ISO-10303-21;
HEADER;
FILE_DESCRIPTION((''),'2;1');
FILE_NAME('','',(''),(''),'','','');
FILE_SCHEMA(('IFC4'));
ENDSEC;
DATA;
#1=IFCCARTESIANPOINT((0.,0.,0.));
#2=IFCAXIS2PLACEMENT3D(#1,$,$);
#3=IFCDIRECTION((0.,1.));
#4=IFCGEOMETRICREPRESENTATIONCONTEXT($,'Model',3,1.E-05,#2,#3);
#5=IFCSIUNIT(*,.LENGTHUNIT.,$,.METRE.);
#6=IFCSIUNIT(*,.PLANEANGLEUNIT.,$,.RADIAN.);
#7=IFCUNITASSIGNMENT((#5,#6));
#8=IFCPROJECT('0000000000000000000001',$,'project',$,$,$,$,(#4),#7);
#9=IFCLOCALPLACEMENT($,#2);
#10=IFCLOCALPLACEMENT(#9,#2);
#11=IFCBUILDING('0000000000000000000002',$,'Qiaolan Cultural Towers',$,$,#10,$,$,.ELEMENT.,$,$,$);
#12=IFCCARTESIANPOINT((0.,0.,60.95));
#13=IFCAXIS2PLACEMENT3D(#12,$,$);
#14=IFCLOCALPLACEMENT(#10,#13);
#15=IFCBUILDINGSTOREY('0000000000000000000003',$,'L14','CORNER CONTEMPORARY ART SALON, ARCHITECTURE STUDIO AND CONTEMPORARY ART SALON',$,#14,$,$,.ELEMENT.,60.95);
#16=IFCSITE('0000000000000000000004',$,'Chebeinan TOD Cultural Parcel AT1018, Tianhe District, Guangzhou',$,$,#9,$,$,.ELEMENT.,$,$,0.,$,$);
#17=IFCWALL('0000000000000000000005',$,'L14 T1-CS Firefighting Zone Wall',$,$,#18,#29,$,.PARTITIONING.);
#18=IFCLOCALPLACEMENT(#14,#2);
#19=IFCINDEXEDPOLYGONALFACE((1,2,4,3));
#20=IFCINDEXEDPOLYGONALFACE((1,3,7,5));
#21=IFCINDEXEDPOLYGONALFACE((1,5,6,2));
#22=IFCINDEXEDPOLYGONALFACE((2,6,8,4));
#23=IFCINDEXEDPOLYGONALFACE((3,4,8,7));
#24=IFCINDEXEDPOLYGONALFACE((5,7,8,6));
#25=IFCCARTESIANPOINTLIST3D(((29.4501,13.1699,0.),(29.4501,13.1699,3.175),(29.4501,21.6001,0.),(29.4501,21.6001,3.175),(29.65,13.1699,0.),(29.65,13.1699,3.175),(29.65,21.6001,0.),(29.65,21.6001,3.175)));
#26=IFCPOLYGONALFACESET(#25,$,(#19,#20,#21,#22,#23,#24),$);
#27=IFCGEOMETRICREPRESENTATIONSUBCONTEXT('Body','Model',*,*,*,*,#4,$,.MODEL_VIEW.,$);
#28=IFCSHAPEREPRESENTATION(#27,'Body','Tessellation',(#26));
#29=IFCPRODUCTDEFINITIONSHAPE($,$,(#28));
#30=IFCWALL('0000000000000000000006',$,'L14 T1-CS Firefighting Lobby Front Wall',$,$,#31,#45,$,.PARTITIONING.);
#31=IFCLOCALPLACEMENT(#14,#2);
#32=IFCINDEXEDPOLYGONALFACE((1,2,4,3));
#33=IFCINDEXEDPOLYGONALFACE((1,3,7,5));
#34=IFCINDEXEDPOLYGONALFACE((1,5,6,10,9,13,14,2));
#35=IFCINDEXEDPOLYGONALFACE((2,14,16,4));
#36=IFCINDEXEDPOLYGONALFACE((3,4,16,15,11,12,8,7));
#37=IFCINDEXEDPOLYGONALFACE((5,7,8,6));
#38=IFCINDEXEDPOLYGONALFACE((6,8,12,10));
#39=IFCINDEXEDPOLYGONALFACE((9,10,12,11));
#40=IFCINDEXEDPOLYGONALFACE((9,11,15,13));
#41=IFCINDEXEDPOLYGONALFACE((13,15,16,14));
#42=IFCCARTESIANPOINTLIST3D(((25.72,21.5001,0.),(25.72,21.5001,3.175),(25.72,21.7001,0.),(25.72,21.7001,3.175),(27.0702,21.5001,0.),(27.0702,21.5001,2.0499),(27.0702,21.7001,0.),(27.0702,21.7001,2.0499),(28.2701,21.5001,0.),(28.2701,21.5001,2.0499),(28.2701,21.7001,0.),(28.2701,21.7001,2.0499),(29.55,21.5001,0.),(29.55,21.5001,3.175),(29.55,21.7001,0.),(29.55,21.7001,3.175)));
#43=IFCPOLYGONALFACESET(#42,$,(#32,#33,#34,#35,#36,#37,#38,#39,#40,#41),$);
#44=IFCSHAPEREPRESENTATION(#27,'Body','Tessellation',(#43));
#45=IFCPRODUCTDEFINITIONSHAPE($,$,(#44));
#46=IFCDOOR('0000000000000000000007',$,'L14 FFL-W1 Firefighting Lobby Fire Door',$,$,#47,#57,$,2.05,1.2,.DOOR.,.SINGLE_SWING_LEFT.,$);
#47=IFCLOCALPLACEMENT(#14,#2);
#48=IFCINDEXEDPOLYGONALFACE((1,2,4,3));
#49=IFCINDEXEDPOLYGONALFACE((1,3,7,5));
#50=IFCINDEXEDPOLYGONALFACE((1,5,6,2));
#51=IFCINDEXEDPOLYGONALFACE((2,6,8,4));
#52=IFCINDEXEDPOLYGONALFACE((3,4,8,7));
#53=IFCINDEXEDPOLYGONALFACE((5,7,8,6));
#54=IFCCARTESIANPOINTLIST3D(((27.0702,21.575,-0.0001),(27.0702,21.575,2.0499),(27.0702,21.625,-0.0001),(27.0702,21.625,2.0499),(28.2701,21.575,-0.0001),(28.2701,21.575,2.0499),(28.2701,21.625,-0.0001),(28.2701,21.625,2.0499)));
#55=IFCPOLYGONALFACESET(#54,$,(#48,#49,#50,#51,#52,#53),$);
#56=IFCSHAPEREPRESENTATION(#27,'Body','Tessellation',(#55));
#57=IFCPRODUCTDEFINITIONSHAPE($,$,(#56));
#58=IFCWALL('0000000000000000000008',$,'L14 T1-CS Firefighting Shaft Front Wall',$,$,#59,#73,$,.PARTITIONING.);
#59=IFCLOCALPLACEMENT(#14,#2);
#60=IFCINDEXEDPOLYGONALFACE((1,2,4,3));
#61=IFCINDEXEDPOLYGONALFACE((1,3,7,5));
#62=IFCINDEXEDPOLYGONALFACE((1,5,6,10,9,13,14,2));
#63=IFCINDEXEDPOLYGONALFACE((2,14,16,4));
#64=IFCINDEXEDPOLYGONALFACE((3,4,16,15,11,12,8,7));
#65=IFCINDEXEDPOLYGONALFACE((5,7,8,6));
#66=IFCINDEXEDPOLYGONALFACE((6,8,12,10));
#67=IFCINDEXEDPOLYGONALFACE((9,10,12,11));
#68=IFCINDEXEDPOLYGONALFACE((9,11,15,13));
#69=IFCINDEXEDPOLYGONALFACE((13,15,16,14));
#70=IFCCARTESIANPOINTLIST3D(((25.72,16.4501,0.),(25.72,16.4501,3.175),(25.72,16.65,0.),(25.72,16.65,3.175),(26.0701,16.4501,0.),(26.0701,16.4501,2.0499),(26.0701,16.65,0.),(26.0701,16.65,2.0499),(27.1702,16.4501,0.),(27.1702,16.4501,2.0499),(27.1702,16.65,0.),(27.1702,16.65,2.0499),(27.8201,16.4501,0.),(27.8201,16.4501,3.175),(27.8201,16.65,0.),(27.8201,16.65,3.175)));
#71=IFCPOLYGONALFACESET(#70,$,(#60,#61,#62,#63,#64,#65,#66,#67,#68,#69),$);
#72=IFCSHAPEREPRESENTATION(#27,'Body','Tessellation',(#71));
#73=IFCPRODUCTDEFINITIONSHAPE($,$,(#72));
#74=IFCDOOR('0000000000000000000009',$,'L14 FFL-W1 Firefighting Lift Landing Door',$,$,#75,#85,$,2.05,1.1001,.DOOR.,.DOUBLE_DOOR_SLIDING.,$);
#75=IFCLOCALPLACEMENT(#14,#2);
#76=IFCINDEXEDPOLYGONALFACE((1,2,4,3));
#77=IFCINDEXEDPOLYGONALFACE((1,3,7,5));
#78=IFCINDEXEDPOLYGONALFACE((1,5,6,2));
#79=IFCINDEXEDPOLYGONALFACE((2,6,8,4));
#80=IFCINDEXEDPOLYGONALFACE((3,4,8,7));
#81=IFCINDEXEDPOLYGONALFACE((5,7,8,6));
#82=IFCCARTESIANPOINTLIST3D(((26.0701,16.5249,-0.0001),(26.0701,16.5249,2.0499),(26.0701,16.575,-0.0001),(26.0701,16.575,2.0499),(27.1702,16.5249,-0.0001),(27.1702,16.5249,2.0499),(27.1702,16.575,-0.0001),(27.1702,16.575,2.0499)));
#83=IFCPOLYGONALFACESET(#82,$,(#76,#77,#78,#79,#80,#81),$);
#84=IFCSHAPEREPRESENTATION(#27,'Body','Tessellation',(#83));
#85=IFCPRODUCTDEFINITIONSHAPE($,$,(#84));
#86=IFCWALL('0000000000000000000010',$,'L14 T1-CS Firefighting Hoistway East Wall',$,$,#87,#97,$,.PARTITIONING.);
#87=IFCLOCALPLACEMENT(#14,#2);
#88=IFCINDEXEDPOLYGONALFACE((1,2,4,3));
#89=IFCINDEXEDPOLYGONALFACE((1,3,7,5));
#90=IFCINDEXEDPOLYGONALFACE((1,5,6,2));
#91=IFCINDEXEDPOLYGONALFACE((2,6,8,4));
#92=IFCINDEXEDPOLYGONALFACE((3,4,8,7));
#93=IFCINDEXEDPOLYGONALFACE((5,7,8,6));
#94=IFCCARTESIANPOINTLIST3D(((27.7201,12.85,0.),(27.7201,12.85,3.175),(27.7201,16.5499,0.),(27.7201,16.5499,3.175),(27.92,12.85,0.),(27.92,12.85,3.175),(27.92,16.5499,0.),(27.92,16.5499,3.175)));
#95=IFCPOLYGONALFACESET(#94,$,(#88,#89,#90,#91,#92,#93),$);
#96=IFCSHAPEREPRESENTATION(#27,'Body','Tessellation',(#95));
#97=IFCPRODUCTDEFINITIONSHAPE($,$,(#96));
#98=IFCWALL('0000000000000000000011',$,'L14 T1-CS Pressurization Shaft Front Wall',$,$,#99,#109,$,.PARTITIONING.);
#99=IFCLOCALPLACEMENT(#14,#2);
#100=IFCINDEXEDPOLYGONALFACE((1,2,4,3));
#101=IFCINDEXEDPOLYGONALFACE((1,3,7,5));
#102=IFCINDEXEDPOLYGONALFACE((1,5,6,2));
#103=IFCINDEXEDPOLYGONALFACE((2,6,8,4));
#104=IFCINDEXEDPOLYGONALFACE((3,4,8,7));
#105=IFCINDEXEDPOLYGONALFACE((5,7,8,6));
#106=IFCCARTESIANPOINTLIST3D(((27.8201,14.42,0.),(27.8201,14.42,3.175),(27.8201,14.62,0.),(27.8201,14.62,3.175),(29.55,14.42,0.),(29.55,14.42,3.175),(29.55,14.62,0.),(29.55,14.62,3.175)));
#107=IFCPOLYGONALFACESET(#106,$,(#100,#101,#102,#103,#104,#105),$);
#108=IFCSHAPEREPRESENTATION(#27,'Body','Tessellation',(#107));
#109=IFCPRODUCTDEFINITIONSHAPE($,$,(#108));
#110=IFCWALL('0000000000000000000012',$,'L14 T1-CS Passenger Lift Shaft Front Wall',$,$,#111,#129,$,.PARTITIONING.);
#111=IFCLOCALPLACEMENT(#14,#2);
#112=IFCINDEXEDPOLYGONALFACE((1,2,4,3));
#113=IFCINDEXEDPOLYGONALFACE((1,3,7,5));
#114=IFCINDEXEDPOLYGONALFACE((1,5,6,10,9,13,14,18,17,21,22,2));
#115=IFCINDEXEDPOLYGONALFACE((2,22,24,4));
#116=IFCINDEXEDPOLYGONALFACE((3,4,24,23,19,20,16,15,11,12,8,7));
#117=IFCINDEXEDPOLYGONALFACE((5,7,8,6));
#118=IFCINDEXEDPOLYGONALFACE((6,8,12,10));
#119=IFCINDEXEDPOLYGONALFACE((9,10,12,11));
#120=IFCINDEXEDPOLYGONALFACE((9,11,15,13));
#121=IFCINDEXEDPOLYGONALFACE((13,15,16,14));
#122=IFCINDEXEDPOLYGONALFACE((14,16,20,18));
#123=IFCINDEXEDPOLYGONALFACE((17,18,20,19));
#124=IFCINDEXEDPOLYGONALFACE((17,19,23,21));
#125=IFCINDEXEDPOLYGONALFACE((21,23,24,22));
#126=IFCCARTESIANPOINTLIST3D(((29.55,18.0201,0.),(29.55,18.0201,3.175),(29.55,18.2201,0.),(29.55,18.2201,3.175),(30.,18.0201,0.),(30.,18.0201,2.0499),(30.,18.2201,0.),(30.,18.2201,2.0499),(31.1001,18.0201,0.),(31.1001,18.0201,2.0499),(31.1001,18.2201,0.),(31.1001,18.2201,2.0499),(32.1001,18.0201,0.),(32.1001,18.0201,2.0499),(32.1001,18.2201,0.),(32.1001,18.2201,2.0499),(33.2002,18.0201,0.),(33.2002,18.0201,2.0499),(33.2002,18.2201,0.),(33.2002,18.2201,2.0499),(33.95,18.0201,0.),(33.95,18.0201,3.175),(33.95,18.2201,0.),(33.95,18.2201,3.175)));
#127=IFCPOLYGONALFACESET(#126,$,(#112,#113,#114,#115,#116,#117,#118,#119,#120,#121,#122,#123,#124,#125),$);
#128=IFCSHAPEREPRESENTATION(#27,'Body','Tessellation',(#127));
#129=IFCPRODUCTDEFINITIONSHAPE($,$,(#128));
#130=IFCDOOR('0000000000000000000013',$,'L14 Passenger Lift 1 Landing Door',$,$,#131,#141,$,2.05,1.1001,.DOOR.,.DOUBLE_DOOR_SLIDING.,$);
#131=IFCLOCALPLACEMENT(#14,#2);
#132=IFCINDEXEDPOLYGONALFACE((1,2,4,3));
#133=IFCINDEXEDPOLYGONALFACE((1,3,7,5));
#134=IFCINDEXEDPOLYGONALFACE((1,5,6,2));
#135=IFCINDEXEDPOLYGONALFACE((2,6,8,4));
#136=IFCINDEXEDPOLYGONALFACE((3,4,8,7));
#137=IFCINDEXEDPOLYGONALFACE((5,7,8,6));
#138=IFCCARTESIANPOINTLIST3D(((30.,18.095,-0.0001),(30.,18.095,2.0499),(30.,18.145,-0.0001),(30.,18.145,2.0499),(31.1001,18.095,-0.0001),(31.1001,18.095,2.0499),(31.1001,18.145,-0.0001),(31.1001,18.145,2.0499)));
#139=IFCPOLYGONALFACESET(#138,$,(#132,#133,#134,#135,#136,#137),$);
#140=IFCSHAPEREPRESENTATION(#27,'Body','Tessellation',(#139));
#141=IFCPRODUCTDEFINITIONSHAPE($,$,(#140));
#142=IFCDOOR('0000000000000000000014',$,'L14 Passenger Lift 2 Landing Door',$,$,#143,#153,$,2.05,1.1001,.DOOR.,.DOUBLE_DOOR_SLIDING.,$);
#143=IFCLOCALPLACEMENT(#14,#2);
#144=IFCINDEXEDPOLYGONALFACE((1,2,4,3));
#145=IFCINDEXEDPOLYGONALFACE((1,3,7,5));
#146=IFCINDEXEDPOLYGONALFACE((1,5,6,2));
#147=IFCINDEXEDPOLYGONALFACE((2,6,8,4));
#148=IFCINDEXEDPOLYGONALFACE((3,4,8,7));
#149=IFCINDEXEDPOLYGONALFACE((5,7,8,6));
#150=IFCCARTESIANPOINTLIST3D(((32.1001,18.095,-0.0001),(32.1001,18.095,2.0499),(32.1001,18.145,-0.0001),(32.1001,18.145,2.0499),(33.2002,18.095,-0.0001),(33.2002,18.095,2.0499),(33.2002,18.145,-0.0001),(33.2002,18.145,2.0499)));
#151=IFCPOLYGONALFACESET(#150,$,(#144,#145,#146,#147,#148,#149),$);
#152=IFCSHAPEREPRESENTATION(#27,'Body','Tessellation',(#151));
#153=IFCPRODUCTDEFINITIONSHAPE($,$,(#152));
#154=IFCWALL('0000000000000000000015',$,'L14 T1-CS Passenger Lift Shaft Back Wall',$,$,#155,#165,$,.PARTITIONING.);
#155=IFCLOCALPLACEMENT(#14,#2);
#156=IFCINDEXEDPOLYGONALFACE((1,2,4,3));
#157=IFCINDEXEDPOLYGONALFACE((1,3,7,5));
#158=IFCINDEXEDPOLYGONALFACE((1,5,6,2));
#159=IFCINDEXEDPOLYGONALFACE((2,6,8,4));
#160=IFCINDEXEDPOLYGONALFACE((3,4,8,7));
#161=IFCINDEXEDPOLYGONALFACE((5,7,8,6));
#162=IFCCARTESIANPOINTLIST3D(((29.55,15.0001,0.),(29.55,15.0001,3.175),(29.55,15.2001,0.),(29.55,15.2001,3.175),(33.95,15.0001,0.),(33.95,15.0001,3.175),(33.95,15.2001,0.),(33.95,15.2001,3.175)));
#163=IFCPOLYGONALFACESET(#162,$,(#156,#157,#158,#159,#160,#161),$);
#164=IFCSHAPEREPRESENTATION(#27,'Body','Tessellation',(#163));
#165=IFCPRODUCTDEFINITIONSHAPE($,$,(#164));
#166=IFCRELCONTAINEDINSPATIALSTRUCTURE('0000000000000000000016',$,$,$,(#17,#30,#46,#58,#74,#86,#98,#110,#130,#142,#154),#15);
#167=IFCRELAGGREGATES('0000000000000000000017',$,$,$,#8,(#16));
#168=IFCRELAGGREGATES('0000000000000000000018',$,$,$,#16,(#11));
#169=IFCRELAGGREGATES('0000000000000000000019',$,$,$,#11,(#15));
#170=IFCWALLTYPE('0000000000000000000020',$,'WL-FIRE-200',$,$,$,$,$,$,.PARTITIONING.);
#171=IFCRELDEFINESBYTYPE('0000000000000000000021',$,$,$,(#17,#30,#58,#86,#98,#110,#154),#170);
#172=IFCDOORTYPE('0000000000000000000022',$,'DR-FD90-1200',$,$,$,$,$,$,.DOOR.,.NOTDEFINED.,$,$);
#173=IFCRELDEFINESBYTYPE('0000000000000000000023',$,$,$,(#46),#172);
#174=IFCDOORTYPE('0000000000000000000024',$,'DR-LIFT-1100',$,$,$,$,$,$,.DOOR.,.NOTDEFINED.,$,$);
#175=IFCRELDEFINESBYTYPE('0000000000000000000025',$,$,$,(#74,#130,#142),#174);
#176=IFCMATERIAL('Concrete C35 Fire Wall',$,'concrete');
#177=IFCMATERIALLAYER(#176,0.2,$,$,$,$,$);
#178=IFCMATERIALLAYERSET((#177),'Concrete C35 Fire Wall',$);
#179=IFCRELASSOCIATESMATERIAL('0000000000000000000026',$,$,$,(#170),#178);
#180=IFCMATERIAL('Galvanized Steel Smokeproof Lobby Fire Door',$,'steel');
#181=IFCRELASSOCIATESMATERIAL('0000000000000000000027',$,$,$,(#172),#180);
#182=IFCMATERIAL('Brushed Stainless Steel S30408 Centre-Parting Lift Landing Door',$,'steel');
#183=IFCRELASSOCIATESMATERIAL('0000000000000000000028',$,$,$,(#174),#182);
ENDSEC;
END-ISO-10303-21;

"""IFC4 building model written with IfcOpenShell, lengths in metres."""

from ifc_helpers import new_model, si_unit, direction, frame, frame_2d, origin, place, context, subcontext, project, spatial, rectangle, extrude, material, layer, layer_set, type_object, element, fill, save


model = new_model("IFC4")

# Units and contexts
model_context = context("Model", 3, precision=1e-05, world=origin(), true_north=direction((0.0, 1.0)))
body_context = subcontext(model_context, "Body", "Model", "MODEL_VIEW")
ifc_project = project(units=[si_unit("LENGTHUNIT", "METRE"), si_unit("PLANEANGLEUNIT", "RADIAN")], contexts=[model_context])

# Site, building, storey
site_placement = place(None, origin())
site = spatial("IfcSite", under=ifc_project, at=site_placement, Name="Chebeinan TOD Cultural Parcel AT1018, Tianhe District, Guangzhou", CompositionType="ELEMENT", RefElevation=0.0)
building_placement = place(site_placement, origin())
building = spatial("IfcBuilding", under=site, at=building_placement, Name="Qiaolan Cultural Towers", CompositionType="ELEMENT")
storey_placement = place(building_placement, frame((0.0, 0.0, 60.95)))
storey = spatial("IfcBuildingStorey", under=building, at=storey_placement, Name="L14", Description="CORNER CONTEMPORARY ART SALON, ARCHITECTURE STUDIO AND CONTEMPORARY ART SALON", CompositionType="ELEMENT", Elevation=60.95)

# Shared definitions
ifc_material_1 = material(Name="Concrete C35 Fire Wall", Category="concrete")
ifc_layer_1 = layer(ifc_material_1, 0.2)
ifc_layer_set_1 = layer_set([ifc_layer_1], Name="Concrete C35 Fire Wall")
wall_type_1 = type_object("IfcWallType", Name="WL-FIRE-200", PredefinedType="PARTITIONING", material=ifc_layer_set_1)

# Wall
wall_1_placement = place(storey_placement, frame((29.55, 21.6001, 0.0), z_axis=(0.0, 0.0, 1.0), x_axis=(0.0, -1.0, 0.0)))
element("IfcWall", 1, at=wall_1_placement, inside=storey, type_object=wall_type_1, Name="L14 T1-CS Firefighting Zone Wall", PredefinedType="PARTITIONING", context=body_context, shape_type="SweptSolid", body=[
    extrude(rectangle(XDim=8.4302, YDim=0.2, at=frame_2d((4.2151, 0.0))), origin(), (0.0, 0.0, 1.0), 3.175),
])

# Walls, openings, doors
wall_2_placement = place(storey_placement, frame((25.72, 21.6001, 0.0), z_axis=(0.0, 0.0, 1.0), x_axis=(1.0, 0.0, 0.0)))
wall_2 = element("IfcWall", 2, at=wall_2_placement, inside=storey, type_object=wall_type_1, Name="L14 T1-CS Firefighting Lobby Front Wall", PredefinedType="PARTITIONING", context=body_context, shape_type="SweptSolid", body=[
    extrude(rectangle(XDim=3.8301, YDim=0.2, at=frame_2d((1.915, 0.0))), origin(), (0.0, 0.0, 1.0), 3.175),
])
opening_1_placement = place(wall_2_placement, frame((1.3501, 0.0, 0.0)))
opening_1 = element("IfcOpeningElement", 3, at=opening_1_placement, cuts=wall_2, PredefinedType="OPENING", context=body_context, shape_type="SweptSolid", body=[
    extrude(rectangle(XDim=1.2, YDim=2.05, at=frame_2d((0.6001, 1.0249))), frame((0.0, 0.1099, 0.0), z_axis=(0.0, -1.0, 0.0), x_axis=(1.0, 0.0, 0.0)), (0.0, 0.0, 1.0), 0.22),
])
ifc_material_2 = material(Name="Galvanized Steel Smokeproof Lobby Fire Door", Category="steel")
door_type_1 = type_object("IfcDoorType", Name="DR-FD90-1200", OperationType="NOTDEFINED", PredefinedType="DOOR", material=ifc_material_2)
door_1_placement = place(opening_1_placement, origin())
door_1 = element("IfcDoor", 4, at=door_1_placement, inside=storey, type_object=door_type_1, Name="L14 FFL-W1 Firefighting Lobby Fire Door", OperationType="SINGLE_SWING_LEFT", OverallHeight=2.05, OverallWidth=1.2, PredefinedType="DOOR", context=body_context, shape_type="SweptSolid", body=[
    extrude(rectangle(XDim=1.2, YDim=2.05, at=frame_2d((0.6001, 1.0249))), frame((0.0, 0.0249, 0.0), z_axis=(0.0, -1.0, 0.0), x_axis=(1.0, 0.0, 0.0)), (0.0, 0.0, 1.0), 0.05),
])
fill(opening_1, door_1)
wall_3_placement = place(storey_placement, frame((25.72, 16.55, 0.0), z_axis=(0.0, 0.0, 1.0), x_axis=(1.0, 0.0, 0.0)))
wall_3 = element("IfcWall", 5, at=wall_3_placement, inside=storey, type_object=wall_type_1, Name="L14 T1-CS Firefighting Shaft Front Wall", PredefinedType="PARTITIONING", context=body_context, shape_type="SweptSolid", body=[
    extrude(rectangle(XDim=2.1001, YDim=0.2, at=frame_2d((1.05, 0.0))), origin(), (0.0, 0.0, 1.0), 3.175),
])
opening_2_placement = place(wall_3_placement, frame((0.3501, 0.0, 0.0)))
opening_2 = element("IfcOpeningElement", 6, at=opening_2_placement, cuts=wall_3, PredefinedType="OPENING", context=body_context, shape_type="SweptSolid", body=[
    extrude(rectangle(XDim=1.1001, YDim=2.05, at=frame_2d((0.55, 1.0249))), frame((0.0, 0.1099, 0.0), z_axis=(0.0, -1.0, 0.0), x_axis=(1.0, 0.0, 0.0)), (0.0, 0.0, 1.0), 0.22),
])
ifc_material_3 = material(Name="Brushed Stainless Steel S30408 Centre-Parting Lift Landing Door", Category="steel")
door_type_2 = type_object("IfcDoorType", Name="DR-LIFT-1100", OperationType="NOTDEFINED", PredefinedType="DOOR", material=ifc_material_3)
door_2_placement = place(opening_2_placement, origin())
door_2 = element("IfcDoor", 7, at=door_2_placement, inside=storey, type_object=door_type_2, Name="L14 FFL-W1 Firefighting Lift Landing Door", OperationType="DOUBLE_DOOR_SLIDING", OverallHeight=2.05, OverallWidth=1.1001, PredefinedType="DOOR", context=body_context, shape_type="SweptSolid", body=[
    extrude(rectangle(XDim=1.1001, YDim=2.05, at=frame_2d((0.55, 1.0249))), frame((0.0, 0.0249, 0.0), z_axis=(0.0, -1.0, 0.0), x_axis=(1.0, 0.0, 0.0)), (0.0, 0.0, 1.0), 0.05),
])
fill(opening_2, door_2)

# Walls
wall_4_placement = place(storey_placement, frame((27.8201, 16.55, 0.0), z_axis=(0.0, 0.0, 1.0), x_axis=(0.0, -1.0, 0.0)))
element("IfcWall", 8, at=wall_4_placement, inside=storey, type_object=wall_type_1, Name="L14 T1-CS Firefighting Hoistway East Wall", PredefinedType="PARTITIONING", context=body_context, shape_type="SweptSolid", body=[
    extrude(rectangle(XDim=3.7, YDim=0.2, at=frame_2d((1.8501, 0.0))), origin(), (0.0, 0.0, 1.0), 3.175),
])
wall_5_placement = place(storey_placement, frame((27.8201, 14.52, 0.0), z_axis=(0.0, 0.0, 1.0), x_axis=(1.0, 0.0, 0.0)))
element("IfcWall", 9, at=wall_5_placement, inside=storey, type_object=wall_type_1, Name="L14 T1-CS Pressurization Shaft Front Wall", PredefinedType="PARTITIONING", context=body_context, shape_type="SweptSolid", body=[
    extrude(rectangle(XDim=1.73, YDim=0.2, at=frame_2d((0.865, 0.0))), origin(), (0.0, 0.0, 1.0), 3.175),
])

# Wall, openings, doors
wall_6_placement = place(storey_placement, frame((29.55, 18.1201, 0.0), z_axis=(0.0, 0.0, 1.0), x_axis=(1.0, 0.0, 0.0)))
wall_6 = element("IfcWall", 10, at=wall_6_placement, inside=storey, type_object=wall_type_1, Name="L14 T1-CS Passenger Lift Shaft Front Wall", PredefinedType="PARTITIONING", context=body_context, shape_type="SweptSolid", body=[
    extrude(rectangle(XDim=4.3999, YDim=0.2, at=frame_2d((2.2, 0.0))), origin(), (0.0, 0.0, 1.0), 3.175),
])
opening_3_placement = place(wall_6_placement, frame((0.45, 0.0, 0.0)))
opening_3 = element("IfcOpeningElement", 11, at=opening_3_placement, cuts=wall_6, PredefinedType="OPENING", context=body_context, shape_type="SweptSolid", body=[
    extrude(rectangle(XDim=1.1001, YDim=2.05, at=frame_2d((0.55, 1.0249))), frame((0.0, 0.1099, 0.0), z_axis=(0.0, -1.0, 0.0), x_axis=(1.0, 0.0, 0.0)), (0.0, 0.0, 1.0), 0.22),
])
opening_4_placement = place(wall_6_placement, frame((2.55, 0.0, 0.0)))
opening_4 = element("IfcOpeningElement", 12, at=opening_4_placement, cuts=wall_6, PredefinedType="OPENING", context=body_context, shape_type="SweptSolid", body=[
    extrude(rectangle(XDim=1.1001, YDim=2.05, at=frame_2d((0.55, 1.0249))), frame((0.0, 0.1099, 0.0), z_axis=(0.0, -1.0, 0.0), x_axis=(1.0, 0.0, 0.0)), (0.0, 0.0, 1.0), 0.22),
])
door_3_placement = place(opening_3_placement, origin())
door_3 = element("IfcDoor", 13, at=door_3_placement, inside=storey, type_object=door_type_2, Name="L14 Passenger Lift 1 Landing Door", OperationType="DOUBLE_DOOR_SLIDING", OverallHeight=2.05, OverallWidth=1.1001, PredefinedType="DOOR", context=body_context, shape_type="SweptSolid", body=[
    extrude(rectangle(XDim=1.1001, YDim=2.05, at=frame_2d((0.55, 1.0249))), frame((0.0, 0.0249, 0.0), z_axis=(0.0, -1.0, 0.0), x_axis=(1.0, 0.0, 0.0)), (0.0, 0.0, 1.0), 0.05),
])
fill(opening_3, door_3)
door_4_placement = place(opening_4_placement, origin())
door_4 = element("IfcDoor", 14, at=door_4_placement, inside=storey, type_object=door_type_2, Name="L14 Passenger Lift 2 Landing Door", OperationType="DOUBLE_DOOR_SLIDING", OverallHeight=2.05, OverallWidth=1.1001, PredefinedType="DOOR", context=body_context, shape_type="SweptSolid", body=[
    extrude(rectangle(XDim=1.1001, YDim=2.05, at=frame_2d((0.55, 1.0249))), frame((0.0, 0.0249, 0.0), z_axis=(0.0, -1.0, 0.0), x_axis=(1.0, 0.0, 0.0)), (0.0, 0.0, 1.0), 0.05),
])
fill(opening_4, door_4)

# Wall
wall_7_placement = place(storey_placement, frame((29.55, 15.1001, 0.0), z_axis=(0.0, 0.0, 1.0), x_axis=(1.0, 0.0, 0.0)))
element("IfcWall", 15, at=wall_7_placement, inside=storey, type_object=wall_type_1, Name="L14 T1-CS Passenger Lift Shaft Back Wall", PredefinedType="PARTITIONING", context=body_context, shape_type="SweptSolid", body=[
    extrude(rectangle(XDim=4.3999, YDim=0.2, at=frame_2d((2.2, 0.0))), origin(), (0.0, 0.0, 1.0), 3.175),
])

save(model, "model.ifc")
